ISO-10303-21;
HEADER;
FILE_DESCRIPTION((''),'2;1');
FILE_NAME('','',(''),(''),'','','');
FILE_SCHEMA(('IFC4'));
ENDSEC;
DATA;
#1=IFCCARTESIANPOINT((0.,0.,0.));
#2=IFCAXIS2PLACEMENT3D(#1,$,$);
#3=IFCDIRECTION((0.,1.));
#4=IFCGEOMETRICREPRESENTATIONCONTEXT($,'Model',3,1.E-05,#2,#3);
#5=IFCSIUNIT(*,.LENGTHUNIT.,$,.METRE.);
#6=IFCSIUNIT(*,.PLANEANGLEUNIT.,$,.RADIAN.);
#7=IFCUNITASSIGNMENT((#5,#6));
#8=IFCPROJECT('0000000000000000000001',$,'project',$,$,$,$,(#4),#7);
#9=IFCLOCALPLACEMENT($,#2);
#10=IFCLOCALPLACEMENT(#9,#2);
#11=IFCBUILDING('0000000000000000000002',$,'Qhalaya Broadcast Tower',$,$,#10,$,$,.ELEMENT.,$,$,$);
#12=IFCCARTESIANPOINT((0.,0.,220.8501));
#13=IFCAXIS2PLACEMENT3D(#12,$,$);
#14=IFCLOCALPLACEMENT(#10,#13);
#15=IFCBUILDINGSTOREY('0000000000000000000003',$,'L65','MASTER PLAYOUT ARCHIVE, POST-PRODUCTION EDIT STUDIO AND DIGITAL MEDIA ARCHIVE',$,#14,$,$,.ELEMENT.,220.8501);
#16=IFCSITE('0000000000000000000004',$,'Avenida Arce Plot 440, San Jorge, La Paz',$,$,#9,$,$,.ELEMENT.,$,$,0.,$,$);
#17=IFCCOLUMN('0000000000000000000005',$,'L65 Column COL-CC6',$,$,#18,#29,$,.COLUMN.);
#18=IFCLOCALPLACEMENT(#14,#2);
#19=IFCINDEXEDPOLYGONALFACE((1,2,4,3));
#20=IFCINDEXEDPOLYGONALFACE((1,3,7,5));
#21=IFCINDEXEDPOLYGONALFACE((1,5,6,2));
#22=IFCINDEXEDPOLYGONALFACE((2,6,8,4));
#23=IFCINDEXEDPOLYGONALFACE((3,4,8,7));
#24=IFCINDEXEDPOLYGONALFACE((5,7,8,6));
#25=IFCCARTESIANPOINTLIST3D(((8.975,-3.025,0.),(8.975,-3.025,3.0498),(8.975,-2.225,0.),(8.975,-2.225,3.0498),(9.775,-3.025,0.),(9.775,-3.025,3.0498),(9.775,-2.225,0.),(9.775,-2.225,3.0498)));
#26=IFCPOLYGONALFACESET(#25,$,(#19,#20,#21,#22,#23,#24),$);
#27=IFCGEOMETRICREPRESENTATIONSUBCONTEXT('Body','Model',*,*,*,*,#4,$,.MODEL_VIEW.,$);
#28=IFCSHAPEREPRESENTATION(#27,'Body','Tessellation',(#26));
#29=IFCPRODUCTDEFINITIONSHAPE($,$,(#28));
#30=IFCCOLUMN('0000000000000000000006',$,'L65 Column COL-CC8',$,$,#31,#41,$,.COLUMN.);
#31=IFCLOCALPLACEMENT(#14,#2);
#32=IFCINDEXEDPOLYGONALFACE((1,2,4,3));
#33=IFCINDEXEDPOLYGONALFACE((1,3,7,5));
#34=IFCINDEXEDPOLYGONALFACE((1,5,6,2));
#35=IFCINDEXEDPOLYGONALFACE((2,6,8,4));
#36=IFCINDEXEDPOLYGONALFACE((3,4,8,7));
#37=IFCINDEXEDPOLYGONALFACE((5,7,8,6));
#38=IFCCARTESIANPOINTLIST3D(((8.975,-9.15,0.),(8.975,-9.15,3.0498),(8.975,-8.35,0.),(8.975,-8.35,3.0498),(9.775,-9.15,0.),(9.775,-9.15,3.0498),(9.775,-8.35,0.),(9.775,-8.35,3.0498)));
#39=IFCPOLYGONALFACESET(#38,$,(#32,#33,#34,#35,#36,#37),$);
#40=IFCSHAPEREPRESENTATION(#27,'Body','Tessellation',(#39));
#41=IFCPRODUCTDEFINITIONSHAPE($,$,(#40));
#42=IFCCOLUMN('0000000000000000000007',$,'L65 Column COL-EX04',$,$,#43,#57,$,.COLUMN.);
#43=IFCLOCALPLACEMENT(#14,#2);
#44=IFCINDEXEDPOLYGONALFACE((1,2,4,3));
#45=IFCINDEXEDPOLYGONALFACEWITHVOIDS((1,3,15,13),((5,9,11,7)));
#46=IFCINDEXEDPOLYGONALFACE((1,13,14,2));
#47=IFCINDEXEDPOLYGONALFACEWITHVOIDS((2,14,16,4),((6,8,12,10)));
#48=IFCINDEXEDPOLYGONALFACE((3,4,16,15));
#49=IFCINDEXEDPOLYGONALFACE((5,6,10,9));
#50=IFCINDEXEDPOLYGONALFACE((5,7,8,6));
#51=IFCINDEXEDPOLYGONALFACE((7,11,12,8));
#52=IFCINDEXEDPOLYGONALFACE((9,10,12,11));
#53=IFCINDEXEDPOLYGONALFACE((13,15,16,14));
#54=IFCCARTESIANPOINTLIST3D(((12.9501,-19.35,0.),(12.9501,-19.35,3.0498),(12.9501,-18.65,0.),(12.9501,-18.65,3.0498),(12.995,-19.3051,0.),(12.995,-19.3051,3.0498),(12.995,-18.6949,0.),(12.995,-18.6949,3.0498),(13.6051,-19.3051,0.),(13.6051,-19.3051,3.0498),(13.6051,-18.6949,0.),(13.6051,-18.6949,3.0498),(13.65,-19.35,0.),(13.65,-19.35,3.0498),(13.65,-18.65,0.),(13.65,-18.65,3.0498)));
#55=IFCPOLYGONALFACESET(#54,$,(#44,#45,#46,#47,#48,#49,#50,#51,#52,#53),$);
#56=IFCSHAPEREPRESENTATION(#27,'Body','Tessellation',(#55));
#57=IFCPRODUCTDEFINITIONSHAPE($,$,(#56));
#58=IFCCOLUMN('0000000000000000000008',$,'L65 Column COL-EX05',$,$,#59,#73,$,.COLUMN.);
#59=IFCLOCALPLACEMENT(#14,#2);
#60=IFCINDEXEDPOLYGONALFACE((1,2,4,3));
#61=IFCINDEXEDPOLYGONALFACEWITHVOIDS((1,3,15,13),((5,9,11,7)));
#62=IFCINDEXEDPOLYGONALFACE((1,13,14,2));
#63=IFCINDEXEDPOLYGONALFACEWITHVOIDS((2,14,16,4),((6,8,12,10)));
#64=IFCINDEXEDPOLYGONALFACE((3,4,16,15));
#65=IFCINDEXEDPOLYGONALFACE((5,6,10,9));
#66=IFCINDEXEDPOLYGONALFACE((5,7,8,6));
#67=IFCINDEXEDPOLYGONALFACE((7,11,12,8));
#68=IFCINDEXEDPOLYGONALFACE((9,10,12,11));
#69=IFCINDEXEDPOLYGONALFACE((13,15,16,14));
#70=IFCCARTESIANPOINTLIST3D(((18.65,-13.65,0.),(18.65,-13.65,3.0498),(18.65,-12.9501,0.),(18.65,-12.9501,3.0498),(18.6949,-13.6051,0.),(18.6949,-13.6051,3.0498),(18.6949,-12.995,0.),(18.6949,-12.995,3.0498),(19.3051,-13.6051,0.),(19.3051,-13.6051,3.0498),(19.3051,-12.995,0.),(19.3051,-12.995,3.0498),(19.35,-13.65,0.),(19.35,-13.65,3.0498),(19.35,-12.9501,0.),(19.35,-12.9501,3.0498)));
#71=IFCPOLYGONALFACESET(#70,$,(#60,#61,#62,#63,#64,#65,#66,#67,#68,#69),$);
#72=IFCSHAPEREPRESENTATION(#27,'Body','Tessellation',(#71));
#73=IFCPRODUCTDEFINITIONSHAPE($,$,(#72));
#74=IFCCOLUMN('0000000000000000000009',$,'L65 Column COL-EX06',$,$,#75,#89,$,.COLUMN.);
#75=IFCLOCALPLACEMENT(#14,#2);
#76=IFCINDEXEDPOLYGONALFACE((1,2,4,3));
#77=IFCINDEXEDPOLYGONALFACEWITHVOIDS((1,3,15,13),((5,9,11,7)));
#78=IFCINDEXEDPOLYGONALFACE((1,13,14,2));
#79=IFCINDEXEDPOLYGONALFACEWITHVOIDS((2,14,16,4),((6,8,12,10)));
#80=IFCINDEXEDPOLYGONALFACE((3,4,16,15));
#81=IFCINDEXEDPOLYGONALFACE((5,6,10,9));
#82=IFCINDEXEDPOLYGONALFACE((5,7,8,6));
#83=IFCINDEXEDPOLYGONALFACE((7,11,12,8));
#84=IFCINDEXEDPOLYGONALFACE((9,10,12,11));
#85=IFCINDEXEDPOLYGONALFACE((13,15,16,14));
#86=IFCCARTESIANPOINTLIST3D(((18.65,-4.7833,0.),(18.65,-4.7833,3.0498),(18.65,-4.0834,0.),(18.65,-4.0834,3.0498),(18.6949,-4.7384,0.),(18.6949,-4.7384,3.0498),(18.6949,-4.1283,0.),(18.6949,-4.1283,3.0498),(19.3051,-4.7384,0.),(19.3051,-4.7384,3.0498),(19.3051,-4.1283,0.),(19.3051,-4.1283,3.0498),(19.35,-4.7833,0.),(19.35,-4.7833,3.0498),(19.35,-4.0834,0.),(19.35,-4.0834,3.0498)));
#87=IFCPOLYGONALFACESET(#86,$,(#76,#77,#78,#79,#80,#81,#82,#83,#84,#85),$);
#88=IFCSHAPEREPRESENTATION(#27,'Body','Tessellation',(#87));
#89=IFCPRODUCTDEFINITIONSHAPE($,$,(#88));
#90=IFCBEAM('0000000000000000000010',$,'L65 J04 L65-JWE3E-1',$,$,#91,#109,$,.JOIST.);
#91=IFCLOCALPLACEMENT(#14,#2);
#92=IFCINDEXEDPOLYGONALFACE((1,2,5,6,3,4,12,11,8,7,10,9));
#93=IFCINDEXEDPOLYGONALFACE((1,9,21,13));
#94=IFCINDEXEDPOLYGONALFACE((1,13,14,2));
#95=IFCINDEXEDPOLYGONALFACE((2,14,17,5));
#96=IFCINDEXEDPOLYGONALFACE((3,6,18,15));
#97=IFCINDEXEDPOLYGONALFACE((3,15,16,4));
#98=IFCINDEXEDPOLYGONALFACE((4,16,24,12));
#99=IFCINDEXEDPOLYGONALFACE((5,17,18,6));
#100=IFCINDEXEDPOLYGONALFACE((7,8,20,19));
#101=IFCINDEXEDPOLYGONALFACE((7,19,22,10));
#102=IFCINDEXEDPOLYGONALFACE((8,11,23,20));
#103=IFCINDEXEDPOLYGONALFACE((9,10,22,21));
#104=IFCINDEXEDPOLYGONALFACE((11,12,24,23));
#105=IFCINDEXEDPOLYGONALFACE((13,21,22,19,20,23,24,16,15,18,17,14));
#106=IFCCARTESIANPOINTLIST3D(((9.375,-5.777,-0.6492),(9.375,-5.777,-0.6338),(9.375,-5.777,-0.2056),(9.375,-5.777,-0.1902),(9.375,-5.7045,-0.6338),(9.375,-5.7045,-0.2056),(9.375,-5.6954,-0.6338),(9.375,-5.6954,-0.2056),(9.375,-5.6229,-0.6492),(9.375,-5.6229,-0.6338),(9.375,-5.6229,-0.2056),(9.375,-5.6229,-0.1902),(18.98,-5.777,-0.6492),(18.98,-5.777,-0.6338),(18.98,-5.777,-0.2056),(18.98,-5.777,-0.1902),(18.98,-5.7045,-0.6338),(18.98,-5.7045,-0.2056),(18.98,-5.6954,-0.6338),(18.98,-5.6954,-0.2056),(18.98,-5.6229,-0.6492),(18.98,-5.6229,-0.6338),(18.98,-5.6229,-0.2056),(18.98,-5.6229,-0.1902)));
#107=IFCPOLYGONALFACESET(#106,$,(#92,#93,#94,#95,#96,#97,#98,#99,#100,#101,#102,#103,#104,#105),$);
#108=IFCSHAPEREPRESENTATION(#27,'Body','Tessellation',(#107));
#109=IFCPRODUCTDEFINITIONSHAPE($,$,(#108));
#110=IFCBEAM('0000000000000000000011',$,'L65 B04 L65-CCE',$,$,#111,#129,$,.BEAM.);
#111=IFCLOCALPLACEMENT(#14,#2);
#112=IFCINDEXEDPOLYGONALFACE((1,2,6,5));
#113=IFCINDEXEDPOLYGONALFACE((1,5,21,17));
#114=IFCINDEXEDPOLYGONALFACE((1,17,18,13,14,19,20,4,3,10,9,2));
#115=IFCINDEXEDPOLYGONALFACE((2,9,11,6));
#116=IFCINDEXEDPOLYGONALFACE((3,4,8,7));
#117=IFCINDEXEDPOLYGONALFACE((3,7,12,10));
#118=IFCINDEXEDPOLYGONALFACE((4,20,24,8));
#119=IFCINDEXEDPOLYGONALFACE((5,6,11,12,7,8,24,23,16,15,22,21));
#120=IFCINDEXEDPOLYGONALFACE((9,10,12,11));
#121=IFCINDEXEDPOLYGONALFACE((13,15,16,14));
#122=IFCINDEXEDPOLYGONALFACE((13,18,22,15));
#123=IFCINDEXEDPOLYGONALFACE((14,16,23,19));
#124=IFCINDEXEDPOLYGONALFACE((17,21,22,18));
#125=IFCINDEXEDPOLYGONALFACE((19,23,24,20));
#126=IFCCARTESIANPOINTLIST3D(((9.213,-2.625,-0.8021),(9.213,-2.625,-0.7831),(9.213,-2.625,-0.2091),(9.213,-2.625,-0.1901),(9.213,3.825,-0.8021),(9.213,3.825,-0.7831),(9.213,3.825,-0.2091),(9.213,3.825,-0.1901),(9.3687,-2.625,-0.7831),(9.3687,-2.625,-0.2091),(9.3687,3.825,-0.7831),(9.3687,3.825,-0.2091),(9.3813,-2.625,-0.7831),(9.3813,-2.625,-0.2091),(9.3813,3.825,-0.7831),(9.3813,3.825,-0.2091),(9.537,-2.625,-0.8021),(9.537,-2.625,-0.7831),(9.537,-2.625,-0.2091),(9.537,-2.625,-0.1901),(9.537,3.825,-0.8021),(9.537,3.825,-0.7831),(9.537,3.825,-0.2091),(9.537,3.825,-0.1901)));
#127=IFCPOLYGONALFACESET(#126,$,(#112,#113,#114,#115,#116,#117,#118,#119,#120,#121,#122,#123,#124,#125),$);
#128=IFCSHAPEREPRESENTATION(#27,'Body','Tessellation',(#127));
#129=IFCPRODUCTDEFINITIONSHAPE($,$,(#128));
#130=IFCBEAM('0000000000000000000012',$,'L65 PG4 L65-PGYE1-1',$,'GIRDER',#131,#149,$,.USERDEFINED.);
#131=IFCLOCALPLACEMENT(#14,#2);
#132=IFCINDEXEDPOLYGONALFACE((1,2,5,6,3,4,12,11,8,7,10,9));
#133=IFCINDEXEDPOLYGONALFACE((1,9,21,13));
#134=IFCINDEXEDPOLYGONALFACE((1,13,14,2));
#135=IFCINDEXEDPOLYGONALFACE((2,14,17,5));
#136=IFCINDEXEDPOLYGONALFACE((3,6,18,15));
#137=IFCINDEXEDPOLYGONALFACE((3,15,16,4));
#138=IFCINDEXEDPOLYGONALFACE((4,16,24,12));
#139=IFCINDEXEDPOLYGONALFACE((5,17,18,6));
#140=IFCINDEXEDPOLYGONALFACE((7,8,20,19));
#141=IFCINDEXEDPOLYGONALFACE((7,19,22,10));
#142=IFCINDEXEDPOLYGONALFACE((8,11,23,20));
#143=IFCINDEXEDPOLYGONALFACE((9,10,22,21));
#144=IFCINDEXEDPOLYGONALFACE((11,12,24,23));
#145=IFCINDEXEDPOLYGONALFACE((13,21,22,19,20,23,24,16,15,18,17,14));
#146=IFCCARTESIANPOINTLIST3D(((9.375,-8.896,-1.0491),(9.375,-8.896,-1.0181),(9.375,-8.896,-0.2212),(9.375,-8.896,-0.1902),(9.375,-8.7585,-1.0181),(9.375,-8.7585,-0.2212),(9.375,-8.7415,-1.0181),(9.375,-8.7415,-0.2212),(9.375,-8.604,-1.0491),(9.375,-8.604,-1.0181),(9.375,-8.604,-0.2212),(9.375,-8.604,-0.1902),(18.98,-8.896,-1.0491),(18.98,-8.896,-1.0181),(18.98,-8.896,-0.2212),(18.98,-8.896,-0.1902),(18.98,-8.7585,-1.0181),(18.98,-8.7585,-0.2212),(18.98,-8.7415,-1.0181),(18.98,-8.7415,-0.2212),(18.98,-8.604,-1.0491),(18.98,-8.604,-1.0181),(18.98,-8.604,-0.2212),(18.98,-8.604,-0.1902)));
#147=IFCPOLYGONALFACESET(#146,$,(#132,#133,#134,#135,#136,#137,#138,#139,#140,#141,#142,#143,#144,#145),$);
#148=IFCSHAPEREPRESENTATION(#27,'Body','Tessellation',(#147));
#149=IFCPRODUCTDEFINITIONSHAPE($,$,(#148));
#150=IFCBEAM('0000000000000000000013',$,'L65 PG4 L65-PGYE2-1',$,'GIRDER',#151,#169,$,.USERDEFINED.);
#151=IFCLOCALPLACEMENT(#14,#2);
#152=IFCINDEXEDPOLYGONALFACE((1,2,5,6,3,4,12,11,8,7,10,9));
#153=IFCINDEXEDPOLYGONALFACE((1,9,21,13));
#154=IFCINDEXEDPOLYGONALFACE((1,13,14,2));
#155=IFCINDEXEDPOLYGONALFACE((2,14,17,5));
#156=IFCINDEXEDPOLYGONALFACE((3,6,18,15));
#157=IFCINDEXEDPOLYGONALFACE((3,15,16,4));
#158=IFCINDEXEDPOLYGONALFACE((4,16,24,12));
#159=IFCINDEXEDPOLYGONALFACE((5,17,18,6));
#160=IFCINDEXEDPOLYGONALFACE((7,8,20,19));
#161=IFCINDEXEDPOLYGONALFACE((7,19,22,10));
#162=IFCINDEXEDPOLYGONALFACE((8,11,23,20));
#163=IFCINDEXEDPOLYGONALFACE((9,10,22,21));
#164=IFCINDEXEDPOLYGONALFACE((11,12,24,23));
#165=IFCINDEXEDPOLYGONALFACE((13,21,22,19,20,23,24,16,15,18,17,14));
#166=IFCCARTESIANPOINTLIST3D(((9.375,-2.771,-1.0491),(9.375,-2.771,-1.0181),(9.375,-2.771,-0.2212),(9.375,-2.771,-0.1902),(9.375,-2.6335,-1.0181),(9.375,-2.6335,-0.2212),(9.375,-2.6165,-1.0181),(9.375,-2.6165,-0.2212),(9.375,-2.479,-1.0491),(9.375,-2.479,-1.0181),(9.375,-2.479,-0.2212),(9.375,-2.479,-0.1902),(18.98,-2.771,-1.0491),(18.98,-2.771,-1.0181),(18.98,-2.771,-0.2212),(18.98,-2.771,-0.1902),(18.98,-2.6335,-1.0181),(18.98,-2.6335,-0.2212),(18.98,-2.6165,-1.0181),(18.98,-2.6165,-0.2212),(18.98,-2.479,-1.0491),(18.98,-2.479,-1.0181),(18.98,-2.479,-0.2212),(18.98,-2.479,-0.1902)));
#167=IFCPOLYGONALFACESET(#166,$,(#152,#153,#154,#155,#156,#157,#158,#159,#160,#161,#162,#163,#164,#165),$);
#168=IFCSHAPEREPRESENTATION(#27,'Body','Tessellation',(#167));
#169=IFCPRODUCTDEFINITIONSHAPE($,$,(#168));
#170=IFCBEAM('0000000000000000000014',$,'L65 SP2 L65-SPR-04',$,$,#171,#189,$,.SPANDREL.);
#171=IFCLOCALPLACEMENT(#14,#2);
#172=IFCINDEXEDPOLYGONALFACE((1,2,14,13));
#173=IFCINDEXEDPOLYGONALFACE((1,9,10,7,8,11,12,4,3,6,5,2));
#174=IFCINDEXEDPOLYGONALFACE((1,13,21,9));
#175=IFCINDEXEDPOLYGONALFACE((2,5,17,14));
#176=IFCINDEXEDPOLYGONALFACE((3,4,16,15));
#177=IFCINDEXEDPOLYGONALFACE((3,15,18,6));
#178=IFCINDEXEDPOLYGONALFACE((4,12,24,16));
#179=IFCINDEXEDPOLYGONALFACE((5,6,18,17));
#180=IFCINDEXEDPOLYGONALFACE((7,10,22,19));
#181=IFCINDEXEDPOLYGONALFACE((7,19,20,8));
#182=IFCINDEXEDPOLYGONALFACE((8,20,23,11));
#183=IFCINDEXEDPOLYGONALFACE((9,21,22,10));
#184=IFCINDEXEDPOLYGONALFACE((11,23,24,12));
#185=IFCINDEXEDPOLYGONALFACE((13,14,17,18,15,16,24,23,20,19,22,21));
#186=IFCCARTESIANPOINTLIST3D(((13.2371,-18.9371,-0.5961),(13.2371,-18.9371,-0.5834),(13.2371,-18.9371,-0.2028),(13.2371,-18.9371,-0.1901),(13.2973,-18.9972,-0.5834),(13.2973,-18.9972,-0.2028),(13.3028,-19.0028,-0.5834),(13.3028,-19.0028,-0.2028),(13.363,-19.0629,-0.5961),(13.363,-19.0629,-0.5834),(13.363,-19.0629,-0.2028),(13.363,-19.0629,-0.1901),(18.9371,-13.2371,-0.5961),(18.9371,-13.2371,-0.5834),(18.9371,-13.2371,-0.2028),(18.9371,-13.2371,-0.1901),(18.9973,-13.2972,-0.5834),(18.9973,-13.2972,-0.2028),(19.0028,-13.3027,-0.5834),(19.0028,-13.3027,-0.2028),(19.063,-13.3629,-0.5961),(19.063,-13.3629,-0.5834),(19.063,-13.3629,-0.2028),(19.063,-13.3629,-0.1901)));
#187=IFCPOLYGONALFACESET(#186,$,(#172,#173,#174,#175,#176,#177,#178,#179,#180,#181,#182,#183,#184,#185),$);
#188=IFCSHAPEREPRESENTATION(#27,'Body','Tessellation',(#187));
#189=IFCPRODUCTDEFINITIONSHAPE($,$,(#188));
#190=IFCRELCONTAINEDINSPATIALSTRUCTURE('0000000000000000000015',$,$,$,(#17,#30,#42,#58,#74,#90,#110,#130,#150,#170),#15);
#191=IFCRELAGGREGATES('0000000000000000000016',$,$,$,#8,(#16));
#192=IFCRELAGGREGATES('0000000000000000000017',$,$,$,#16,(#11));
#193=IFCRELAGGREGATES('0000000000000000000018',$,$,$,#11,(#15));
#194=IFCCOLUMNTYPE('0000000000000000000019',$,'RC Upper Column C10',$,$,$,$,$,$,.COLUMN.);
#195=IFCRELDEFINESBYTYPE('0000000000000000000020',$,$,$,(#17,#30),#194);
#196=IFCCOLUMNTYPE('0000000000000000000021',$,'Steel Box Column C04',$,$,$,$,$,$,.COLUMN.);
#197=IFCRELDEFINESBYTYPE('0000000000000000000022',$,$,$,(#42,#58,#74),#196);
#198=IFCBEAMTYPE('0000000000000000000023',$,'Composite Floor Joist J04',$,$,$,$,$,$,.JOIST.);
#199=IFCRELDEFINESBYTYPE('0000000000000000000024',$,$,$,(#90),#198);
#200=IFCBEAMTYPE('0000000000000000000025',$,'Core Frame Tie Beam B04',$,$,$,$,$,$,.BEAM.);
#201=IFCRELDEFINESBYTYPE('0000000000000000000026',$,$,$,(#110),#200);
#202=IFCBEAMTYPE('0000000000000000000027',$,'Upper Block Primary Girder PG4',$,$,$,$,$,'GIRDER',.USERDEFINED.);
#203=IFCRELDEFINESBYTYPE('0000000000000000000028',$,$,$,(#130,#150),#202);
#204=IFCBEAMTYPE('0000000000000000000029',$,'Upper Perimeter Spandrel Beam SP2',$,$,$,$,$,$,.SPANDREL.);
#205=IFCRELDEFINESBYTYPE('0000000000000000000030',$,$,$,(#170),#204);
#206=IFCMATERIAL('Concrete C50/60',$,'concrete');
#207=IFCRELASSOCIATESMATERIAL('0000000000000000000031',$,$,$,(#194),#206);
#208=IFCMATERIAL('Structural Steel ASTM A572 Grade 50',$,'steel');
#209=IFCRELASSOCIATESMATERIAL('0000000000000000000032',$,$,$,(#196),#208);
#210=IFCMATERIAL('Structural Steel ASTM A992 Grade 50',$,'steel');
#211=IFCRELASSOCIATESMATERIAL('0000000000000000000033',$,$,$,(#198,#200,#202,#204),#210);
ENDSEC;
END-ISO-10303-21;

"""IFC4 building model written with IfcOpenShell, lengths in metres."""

from ifc_helpers import new_model, si_unit, direction, frame, origin, origin_2d, place, context, subcontext, project, spatial, rectangle, hollow_rectangle, i_section, extrude, material, material_profile, profile_set, type_object, element, save


model = new_model("IFC4")

# Units and contexts
model_context = context("Model", 3, precision=1e-05, world=origin(), true_north=direction((0.0, 1.0)))
body_context = subcontext(model_context, "Body", "Model", "MODEL_VIEW")
ifc_project = project(units=[si_unit("LENGTHUNIT", "METRE"), si_unit("PLANEANGLEUNIT", "RADIAN")], contexts=[model_context])

# Site, building, storey
site_placement = place(None, origin())
site = spatial("IfcSite", under=ifc_project, at=site_placement, Name="Avenida Arce Plot 440, San Jorge, La Paz", CompositionType="ELEMENT", RefElevation=0.0)
building_placement = place(site_placement, origin())
building = spatial("IfcBuilding", under=site, at=building_placement, Name="Qhalaya Broadcast Tower", CompositionType="ELEMENT")
storey_placement = place(building_placement, frame((0.0, 0.0, 220.8501)))
storey = spatial("IfcBuildingStorey", under=building, at=storey_placement, Name="L65", Description="MASTER PLAYOUT ARCHIVE, POST-PRODUCTION EDIT STUDIO AND DIGITAL MEDIA ARCHIVE", CompositionType="ELEMENT", Elevation=220.8501)

# Columns
ifc_material_1 = material(Name="Concrete C50/60", Category="concrete")
ifc_material_profile_1 = material_profile(ifc_material_1, rectangle(XDim=0.8, YDim=0.8, at=origin_2d()), Name="RC-COL 800x800")
ifc_profile_set_1 = profile_set([ifc_material_profile_1], Name="Concrete C50/60")
column_type_1 = type_object("IfcColumnType", Name="RC Upper Column C10", PredefinedType="COLUMN", material=ifc_profile_set_1)
for number, where, z_axis, x_axis, name in (
    (1, (9.375, -2.625, 0.0), (0.0, 0.0, 1.0), (1.0, 0.0, 0.0), "L65 Column COL-CC6"),
    (2, (9.375, -8.75, 0.0), (0.0, 0.0, 1.0), (1.0, 0.0, 0.0), "L65 Column COL-CC8"),
):
    element("IfcColumn", number, at=place(storey_placement, frame(where, z_axis=z_axis, x_axis=x_axis)), inside=storey, type_object=column_type_1, Name=name, PredefinedType="COLUMN", context=body_context, shape_type="SweptSolid", body=[
        extrude(rectangle(XDim=0.8, YDim=0.8, at=origin_2d()), origin(), (0.0, 0.0, 1.0), 3.0498),
    ])
ifc_material_2 = material(Name="Structural Steel ASTM A572 Grade 50", Category="steel")
ifc_material_profile_2 = material_profile(ifc_material_2, hollow_rectangle(XDim=0.7, YDim=0.7, WallThickness=0.0449, at=origin_2d()), Name="BOX 700x700x45")
ifc_profile_set_2 = profile_set([ifc_material_profile_2], Name="Structural Steel ASTM A572 Grade 50")
column_type_2 = type_object("IfcColumnType", Name="Steel Box Column C04", PredefinedType="COLUMN", material=ifc_profile_set_2)
for number, where, z_axis, x_axis, name in (
    (3, (13.3, -19.0, 0.0), (0.0, 0.0, 1.0), (1.0, 0.0, 0.0), "L65 Column COL-EX04"),
    (4, (19.0, -13.3, 0.0), (0.0, 0.0, 1.0), (0.0, 1.0, 0.0), "L65 Column COL-EX05"),
    (5, (19.0, -4.4333, 0.0), (0.0, 0.0, 1.0), (0.0, 1.0, 0.0), "L65 Column COL-EX06"),
):
    element("IfcColumn", number, at=place(storey_placement, frame(where, z_axis=z_axis, x_axis=x_axis)), inside=storey, type_object=column_type_2, Name=name, PredefinedType="COLUMN", context=body_context, shape_type="SweptSolid", body=[
        extrude(hollow_rectangle(XDim=0.7, YDim=0.7, WallThickness=0.0449, at=origin_2d()), origin(), (0.0, 0.0, 1.0), 3.0498),
    ])

# Beams
ifc_material_3 = material(Name="Structural Steel ASTM A992 Grade 50", Category="steel")
ifc_material_profile_3 = material_profile(ifc_material_3, i_section(OverallWidth=0.1541, OverallDepth=0.459, WebThickness=0.009, FlangeThickness=0.0154, at=origin_2d()), Name="W18X46")
ifc_profile_set_3 = profile_set([ifc_material_profile_3], Name="Structural Steel ASTM A992 Grade 50")
beam_type_1 = type_object("IfcBeamType", Name="Composite Floor Joist J04", PredefinedType="JOIST", material=ifc_profile_set_3)
beam_1_placement = place(storey_placement, frame((9.375, -5.7, -0.4197), z_axis=(1.0, 0.0, 0.0), x_axis=(0.0, 1.0, 0.0)))
element("IfcBeam", 6, at=beam_1_placement, inside=storey, type_object=beam_type_1, Name="L65 J04 L65-JWE3E-1", PredefinedType="JOIST", context=body_context, shape_type="SweptSolid", body=[
    extrude(i_section(OverallWidth=0.1541, OverallDepth=0.459, WebThickness=0.009, FlangeThickness=0.0154, at=origin_2d()), origin(), (0.0, 0.0, 1.0), 9.605),
])
ifc_material_profile_4 = material_profile(ifc_material_3, i_section(OverallWidth=0.324, OverallDepth=0.6121, WebThickness=0.0127, FlangeThickness=0.019, at=origin_2d()), Name="W24X104")
ifc_profile_set_4 = profile_set([ifc_material_profile_4], Name="Structural Steel ASTM A992 Grade 50")
beam_type_2 = type_object("IfcBeamType", Name="Core Frame Tie Beam B04", PredefinedType="BEAM", material=ifc_profile_set_4)
beam_2_placement = place(storey_placement, frame((9.375, -2.625, -0.4961), z_axis=(0.0, 1.0, 0.0), x_axis=(-1.0, 0.0, 0.0)))
element("IfcBeam", 7, at=beam_2_placement, inside=storey, type_object=beam_type_2, Name="L65 B04 L65-CCE", PredefinedType="BEAM", context=body_context, shape_type="SweptSolid", body=[
    extrude(i_section(OverallWidth=0.324, OverallDepth=0.6121, WebThickness=0.0127, FlangeThickness=0.019, at=origin_2d()), origin(), (0.0, 0.0, 1.0), 6.45),
])
ifc_material_profile_5 = material_profile(ifc_material_3, i_section(OverallWidth=0.292, OverallDepth=0.8589, WebThickness=0.0171, FlangeThickness=0.031, at=origin_2d()), Name="W33X169")
ifc_profile_set_5 = profile_set([ifc_material_profile_5], Name="Structural Steel ASTM A992 Grade 50")
beam_type_3 = type_object("IfcBeamType", Name="Upper Block Primary Girder PG4", ElementType="GIRDER", PredefinedType="USERDEFINED", material=ifc_profile_set_5)
for number, where, z_axis, x_axis, name in (
    (8, (9.375, -8.75, -0.6196), (1.0, 0.0, 0.0), (0.0, 1.0, 0.0), "L65 PG4 L65-PGYE1-1"),
    (9, (9.375, -2.625, -0.6196), (1.0, 0.0, 0.0), (0.0, 1.0, 0.0), "L65 PG4 L65-PGYE2-1"),
):
    element("IfcBeam", number, at=place(storey_placement, frame(where, z_axis=z_axis, x_axis=x_axis)), inside=storey, type_object=beam_type_3, Name=name, ObjectType="GIRDER", PredefinedType="USERDEFINED", context=body_context, shape_type="SweptSolid", body=[
        extrude(i_section(OverallWidth=0.292, OverallDepth=0.8589, WebThickness=0.0171, FlangeThickness=0.031, at=origin_2d()), origin(), (0.0, 0.0, 1.0), 9.605),
    ])
ifc_material_profile_6 = material_profile(ifc_material_3, i_section(OverallWidth=0.178, OverallDepth=0.406, WebThickness=0.0078, FlangeThickness=0.0127, at=origin_2d()), Name="W16X40")
ifc_profile_set_6 = profile_set([ifc_material_profile_6], Name="Structural Steel ASTM A992 Grade 50")
beam_type_4 = type_object("IfcBeamType", Name="Upper Perimeter Spandrel Beam SP2", PredefinedType="SPANDREL", material=ifc_profile_set_6)
beam_3_placement = place(storey_placement, frame((13.3, -19.0, -0.3931), z_axis=(0.707107, 0.707107, 0.0), x_axis=(-0.707107, 0.707107, 0.0)))
element("IfcBeam", 10, at=beam_3_placement, inside=storey, type_object=beam_type_4, Name="L65 SP2 L65-SPR-04", PredefinedType="SPANDREL", context=body_context, shape_type="SweptSolid", body=[
    extrude(i_section(OverallWidth=0.178, OverallDepth=0.406, WebThickness=0.0078, FlangeThickness=0.0127, at=origin_2d()), origin(), (0.0, 0.0, 1.0), 8.061),
])

save(model, "model.ifc")
